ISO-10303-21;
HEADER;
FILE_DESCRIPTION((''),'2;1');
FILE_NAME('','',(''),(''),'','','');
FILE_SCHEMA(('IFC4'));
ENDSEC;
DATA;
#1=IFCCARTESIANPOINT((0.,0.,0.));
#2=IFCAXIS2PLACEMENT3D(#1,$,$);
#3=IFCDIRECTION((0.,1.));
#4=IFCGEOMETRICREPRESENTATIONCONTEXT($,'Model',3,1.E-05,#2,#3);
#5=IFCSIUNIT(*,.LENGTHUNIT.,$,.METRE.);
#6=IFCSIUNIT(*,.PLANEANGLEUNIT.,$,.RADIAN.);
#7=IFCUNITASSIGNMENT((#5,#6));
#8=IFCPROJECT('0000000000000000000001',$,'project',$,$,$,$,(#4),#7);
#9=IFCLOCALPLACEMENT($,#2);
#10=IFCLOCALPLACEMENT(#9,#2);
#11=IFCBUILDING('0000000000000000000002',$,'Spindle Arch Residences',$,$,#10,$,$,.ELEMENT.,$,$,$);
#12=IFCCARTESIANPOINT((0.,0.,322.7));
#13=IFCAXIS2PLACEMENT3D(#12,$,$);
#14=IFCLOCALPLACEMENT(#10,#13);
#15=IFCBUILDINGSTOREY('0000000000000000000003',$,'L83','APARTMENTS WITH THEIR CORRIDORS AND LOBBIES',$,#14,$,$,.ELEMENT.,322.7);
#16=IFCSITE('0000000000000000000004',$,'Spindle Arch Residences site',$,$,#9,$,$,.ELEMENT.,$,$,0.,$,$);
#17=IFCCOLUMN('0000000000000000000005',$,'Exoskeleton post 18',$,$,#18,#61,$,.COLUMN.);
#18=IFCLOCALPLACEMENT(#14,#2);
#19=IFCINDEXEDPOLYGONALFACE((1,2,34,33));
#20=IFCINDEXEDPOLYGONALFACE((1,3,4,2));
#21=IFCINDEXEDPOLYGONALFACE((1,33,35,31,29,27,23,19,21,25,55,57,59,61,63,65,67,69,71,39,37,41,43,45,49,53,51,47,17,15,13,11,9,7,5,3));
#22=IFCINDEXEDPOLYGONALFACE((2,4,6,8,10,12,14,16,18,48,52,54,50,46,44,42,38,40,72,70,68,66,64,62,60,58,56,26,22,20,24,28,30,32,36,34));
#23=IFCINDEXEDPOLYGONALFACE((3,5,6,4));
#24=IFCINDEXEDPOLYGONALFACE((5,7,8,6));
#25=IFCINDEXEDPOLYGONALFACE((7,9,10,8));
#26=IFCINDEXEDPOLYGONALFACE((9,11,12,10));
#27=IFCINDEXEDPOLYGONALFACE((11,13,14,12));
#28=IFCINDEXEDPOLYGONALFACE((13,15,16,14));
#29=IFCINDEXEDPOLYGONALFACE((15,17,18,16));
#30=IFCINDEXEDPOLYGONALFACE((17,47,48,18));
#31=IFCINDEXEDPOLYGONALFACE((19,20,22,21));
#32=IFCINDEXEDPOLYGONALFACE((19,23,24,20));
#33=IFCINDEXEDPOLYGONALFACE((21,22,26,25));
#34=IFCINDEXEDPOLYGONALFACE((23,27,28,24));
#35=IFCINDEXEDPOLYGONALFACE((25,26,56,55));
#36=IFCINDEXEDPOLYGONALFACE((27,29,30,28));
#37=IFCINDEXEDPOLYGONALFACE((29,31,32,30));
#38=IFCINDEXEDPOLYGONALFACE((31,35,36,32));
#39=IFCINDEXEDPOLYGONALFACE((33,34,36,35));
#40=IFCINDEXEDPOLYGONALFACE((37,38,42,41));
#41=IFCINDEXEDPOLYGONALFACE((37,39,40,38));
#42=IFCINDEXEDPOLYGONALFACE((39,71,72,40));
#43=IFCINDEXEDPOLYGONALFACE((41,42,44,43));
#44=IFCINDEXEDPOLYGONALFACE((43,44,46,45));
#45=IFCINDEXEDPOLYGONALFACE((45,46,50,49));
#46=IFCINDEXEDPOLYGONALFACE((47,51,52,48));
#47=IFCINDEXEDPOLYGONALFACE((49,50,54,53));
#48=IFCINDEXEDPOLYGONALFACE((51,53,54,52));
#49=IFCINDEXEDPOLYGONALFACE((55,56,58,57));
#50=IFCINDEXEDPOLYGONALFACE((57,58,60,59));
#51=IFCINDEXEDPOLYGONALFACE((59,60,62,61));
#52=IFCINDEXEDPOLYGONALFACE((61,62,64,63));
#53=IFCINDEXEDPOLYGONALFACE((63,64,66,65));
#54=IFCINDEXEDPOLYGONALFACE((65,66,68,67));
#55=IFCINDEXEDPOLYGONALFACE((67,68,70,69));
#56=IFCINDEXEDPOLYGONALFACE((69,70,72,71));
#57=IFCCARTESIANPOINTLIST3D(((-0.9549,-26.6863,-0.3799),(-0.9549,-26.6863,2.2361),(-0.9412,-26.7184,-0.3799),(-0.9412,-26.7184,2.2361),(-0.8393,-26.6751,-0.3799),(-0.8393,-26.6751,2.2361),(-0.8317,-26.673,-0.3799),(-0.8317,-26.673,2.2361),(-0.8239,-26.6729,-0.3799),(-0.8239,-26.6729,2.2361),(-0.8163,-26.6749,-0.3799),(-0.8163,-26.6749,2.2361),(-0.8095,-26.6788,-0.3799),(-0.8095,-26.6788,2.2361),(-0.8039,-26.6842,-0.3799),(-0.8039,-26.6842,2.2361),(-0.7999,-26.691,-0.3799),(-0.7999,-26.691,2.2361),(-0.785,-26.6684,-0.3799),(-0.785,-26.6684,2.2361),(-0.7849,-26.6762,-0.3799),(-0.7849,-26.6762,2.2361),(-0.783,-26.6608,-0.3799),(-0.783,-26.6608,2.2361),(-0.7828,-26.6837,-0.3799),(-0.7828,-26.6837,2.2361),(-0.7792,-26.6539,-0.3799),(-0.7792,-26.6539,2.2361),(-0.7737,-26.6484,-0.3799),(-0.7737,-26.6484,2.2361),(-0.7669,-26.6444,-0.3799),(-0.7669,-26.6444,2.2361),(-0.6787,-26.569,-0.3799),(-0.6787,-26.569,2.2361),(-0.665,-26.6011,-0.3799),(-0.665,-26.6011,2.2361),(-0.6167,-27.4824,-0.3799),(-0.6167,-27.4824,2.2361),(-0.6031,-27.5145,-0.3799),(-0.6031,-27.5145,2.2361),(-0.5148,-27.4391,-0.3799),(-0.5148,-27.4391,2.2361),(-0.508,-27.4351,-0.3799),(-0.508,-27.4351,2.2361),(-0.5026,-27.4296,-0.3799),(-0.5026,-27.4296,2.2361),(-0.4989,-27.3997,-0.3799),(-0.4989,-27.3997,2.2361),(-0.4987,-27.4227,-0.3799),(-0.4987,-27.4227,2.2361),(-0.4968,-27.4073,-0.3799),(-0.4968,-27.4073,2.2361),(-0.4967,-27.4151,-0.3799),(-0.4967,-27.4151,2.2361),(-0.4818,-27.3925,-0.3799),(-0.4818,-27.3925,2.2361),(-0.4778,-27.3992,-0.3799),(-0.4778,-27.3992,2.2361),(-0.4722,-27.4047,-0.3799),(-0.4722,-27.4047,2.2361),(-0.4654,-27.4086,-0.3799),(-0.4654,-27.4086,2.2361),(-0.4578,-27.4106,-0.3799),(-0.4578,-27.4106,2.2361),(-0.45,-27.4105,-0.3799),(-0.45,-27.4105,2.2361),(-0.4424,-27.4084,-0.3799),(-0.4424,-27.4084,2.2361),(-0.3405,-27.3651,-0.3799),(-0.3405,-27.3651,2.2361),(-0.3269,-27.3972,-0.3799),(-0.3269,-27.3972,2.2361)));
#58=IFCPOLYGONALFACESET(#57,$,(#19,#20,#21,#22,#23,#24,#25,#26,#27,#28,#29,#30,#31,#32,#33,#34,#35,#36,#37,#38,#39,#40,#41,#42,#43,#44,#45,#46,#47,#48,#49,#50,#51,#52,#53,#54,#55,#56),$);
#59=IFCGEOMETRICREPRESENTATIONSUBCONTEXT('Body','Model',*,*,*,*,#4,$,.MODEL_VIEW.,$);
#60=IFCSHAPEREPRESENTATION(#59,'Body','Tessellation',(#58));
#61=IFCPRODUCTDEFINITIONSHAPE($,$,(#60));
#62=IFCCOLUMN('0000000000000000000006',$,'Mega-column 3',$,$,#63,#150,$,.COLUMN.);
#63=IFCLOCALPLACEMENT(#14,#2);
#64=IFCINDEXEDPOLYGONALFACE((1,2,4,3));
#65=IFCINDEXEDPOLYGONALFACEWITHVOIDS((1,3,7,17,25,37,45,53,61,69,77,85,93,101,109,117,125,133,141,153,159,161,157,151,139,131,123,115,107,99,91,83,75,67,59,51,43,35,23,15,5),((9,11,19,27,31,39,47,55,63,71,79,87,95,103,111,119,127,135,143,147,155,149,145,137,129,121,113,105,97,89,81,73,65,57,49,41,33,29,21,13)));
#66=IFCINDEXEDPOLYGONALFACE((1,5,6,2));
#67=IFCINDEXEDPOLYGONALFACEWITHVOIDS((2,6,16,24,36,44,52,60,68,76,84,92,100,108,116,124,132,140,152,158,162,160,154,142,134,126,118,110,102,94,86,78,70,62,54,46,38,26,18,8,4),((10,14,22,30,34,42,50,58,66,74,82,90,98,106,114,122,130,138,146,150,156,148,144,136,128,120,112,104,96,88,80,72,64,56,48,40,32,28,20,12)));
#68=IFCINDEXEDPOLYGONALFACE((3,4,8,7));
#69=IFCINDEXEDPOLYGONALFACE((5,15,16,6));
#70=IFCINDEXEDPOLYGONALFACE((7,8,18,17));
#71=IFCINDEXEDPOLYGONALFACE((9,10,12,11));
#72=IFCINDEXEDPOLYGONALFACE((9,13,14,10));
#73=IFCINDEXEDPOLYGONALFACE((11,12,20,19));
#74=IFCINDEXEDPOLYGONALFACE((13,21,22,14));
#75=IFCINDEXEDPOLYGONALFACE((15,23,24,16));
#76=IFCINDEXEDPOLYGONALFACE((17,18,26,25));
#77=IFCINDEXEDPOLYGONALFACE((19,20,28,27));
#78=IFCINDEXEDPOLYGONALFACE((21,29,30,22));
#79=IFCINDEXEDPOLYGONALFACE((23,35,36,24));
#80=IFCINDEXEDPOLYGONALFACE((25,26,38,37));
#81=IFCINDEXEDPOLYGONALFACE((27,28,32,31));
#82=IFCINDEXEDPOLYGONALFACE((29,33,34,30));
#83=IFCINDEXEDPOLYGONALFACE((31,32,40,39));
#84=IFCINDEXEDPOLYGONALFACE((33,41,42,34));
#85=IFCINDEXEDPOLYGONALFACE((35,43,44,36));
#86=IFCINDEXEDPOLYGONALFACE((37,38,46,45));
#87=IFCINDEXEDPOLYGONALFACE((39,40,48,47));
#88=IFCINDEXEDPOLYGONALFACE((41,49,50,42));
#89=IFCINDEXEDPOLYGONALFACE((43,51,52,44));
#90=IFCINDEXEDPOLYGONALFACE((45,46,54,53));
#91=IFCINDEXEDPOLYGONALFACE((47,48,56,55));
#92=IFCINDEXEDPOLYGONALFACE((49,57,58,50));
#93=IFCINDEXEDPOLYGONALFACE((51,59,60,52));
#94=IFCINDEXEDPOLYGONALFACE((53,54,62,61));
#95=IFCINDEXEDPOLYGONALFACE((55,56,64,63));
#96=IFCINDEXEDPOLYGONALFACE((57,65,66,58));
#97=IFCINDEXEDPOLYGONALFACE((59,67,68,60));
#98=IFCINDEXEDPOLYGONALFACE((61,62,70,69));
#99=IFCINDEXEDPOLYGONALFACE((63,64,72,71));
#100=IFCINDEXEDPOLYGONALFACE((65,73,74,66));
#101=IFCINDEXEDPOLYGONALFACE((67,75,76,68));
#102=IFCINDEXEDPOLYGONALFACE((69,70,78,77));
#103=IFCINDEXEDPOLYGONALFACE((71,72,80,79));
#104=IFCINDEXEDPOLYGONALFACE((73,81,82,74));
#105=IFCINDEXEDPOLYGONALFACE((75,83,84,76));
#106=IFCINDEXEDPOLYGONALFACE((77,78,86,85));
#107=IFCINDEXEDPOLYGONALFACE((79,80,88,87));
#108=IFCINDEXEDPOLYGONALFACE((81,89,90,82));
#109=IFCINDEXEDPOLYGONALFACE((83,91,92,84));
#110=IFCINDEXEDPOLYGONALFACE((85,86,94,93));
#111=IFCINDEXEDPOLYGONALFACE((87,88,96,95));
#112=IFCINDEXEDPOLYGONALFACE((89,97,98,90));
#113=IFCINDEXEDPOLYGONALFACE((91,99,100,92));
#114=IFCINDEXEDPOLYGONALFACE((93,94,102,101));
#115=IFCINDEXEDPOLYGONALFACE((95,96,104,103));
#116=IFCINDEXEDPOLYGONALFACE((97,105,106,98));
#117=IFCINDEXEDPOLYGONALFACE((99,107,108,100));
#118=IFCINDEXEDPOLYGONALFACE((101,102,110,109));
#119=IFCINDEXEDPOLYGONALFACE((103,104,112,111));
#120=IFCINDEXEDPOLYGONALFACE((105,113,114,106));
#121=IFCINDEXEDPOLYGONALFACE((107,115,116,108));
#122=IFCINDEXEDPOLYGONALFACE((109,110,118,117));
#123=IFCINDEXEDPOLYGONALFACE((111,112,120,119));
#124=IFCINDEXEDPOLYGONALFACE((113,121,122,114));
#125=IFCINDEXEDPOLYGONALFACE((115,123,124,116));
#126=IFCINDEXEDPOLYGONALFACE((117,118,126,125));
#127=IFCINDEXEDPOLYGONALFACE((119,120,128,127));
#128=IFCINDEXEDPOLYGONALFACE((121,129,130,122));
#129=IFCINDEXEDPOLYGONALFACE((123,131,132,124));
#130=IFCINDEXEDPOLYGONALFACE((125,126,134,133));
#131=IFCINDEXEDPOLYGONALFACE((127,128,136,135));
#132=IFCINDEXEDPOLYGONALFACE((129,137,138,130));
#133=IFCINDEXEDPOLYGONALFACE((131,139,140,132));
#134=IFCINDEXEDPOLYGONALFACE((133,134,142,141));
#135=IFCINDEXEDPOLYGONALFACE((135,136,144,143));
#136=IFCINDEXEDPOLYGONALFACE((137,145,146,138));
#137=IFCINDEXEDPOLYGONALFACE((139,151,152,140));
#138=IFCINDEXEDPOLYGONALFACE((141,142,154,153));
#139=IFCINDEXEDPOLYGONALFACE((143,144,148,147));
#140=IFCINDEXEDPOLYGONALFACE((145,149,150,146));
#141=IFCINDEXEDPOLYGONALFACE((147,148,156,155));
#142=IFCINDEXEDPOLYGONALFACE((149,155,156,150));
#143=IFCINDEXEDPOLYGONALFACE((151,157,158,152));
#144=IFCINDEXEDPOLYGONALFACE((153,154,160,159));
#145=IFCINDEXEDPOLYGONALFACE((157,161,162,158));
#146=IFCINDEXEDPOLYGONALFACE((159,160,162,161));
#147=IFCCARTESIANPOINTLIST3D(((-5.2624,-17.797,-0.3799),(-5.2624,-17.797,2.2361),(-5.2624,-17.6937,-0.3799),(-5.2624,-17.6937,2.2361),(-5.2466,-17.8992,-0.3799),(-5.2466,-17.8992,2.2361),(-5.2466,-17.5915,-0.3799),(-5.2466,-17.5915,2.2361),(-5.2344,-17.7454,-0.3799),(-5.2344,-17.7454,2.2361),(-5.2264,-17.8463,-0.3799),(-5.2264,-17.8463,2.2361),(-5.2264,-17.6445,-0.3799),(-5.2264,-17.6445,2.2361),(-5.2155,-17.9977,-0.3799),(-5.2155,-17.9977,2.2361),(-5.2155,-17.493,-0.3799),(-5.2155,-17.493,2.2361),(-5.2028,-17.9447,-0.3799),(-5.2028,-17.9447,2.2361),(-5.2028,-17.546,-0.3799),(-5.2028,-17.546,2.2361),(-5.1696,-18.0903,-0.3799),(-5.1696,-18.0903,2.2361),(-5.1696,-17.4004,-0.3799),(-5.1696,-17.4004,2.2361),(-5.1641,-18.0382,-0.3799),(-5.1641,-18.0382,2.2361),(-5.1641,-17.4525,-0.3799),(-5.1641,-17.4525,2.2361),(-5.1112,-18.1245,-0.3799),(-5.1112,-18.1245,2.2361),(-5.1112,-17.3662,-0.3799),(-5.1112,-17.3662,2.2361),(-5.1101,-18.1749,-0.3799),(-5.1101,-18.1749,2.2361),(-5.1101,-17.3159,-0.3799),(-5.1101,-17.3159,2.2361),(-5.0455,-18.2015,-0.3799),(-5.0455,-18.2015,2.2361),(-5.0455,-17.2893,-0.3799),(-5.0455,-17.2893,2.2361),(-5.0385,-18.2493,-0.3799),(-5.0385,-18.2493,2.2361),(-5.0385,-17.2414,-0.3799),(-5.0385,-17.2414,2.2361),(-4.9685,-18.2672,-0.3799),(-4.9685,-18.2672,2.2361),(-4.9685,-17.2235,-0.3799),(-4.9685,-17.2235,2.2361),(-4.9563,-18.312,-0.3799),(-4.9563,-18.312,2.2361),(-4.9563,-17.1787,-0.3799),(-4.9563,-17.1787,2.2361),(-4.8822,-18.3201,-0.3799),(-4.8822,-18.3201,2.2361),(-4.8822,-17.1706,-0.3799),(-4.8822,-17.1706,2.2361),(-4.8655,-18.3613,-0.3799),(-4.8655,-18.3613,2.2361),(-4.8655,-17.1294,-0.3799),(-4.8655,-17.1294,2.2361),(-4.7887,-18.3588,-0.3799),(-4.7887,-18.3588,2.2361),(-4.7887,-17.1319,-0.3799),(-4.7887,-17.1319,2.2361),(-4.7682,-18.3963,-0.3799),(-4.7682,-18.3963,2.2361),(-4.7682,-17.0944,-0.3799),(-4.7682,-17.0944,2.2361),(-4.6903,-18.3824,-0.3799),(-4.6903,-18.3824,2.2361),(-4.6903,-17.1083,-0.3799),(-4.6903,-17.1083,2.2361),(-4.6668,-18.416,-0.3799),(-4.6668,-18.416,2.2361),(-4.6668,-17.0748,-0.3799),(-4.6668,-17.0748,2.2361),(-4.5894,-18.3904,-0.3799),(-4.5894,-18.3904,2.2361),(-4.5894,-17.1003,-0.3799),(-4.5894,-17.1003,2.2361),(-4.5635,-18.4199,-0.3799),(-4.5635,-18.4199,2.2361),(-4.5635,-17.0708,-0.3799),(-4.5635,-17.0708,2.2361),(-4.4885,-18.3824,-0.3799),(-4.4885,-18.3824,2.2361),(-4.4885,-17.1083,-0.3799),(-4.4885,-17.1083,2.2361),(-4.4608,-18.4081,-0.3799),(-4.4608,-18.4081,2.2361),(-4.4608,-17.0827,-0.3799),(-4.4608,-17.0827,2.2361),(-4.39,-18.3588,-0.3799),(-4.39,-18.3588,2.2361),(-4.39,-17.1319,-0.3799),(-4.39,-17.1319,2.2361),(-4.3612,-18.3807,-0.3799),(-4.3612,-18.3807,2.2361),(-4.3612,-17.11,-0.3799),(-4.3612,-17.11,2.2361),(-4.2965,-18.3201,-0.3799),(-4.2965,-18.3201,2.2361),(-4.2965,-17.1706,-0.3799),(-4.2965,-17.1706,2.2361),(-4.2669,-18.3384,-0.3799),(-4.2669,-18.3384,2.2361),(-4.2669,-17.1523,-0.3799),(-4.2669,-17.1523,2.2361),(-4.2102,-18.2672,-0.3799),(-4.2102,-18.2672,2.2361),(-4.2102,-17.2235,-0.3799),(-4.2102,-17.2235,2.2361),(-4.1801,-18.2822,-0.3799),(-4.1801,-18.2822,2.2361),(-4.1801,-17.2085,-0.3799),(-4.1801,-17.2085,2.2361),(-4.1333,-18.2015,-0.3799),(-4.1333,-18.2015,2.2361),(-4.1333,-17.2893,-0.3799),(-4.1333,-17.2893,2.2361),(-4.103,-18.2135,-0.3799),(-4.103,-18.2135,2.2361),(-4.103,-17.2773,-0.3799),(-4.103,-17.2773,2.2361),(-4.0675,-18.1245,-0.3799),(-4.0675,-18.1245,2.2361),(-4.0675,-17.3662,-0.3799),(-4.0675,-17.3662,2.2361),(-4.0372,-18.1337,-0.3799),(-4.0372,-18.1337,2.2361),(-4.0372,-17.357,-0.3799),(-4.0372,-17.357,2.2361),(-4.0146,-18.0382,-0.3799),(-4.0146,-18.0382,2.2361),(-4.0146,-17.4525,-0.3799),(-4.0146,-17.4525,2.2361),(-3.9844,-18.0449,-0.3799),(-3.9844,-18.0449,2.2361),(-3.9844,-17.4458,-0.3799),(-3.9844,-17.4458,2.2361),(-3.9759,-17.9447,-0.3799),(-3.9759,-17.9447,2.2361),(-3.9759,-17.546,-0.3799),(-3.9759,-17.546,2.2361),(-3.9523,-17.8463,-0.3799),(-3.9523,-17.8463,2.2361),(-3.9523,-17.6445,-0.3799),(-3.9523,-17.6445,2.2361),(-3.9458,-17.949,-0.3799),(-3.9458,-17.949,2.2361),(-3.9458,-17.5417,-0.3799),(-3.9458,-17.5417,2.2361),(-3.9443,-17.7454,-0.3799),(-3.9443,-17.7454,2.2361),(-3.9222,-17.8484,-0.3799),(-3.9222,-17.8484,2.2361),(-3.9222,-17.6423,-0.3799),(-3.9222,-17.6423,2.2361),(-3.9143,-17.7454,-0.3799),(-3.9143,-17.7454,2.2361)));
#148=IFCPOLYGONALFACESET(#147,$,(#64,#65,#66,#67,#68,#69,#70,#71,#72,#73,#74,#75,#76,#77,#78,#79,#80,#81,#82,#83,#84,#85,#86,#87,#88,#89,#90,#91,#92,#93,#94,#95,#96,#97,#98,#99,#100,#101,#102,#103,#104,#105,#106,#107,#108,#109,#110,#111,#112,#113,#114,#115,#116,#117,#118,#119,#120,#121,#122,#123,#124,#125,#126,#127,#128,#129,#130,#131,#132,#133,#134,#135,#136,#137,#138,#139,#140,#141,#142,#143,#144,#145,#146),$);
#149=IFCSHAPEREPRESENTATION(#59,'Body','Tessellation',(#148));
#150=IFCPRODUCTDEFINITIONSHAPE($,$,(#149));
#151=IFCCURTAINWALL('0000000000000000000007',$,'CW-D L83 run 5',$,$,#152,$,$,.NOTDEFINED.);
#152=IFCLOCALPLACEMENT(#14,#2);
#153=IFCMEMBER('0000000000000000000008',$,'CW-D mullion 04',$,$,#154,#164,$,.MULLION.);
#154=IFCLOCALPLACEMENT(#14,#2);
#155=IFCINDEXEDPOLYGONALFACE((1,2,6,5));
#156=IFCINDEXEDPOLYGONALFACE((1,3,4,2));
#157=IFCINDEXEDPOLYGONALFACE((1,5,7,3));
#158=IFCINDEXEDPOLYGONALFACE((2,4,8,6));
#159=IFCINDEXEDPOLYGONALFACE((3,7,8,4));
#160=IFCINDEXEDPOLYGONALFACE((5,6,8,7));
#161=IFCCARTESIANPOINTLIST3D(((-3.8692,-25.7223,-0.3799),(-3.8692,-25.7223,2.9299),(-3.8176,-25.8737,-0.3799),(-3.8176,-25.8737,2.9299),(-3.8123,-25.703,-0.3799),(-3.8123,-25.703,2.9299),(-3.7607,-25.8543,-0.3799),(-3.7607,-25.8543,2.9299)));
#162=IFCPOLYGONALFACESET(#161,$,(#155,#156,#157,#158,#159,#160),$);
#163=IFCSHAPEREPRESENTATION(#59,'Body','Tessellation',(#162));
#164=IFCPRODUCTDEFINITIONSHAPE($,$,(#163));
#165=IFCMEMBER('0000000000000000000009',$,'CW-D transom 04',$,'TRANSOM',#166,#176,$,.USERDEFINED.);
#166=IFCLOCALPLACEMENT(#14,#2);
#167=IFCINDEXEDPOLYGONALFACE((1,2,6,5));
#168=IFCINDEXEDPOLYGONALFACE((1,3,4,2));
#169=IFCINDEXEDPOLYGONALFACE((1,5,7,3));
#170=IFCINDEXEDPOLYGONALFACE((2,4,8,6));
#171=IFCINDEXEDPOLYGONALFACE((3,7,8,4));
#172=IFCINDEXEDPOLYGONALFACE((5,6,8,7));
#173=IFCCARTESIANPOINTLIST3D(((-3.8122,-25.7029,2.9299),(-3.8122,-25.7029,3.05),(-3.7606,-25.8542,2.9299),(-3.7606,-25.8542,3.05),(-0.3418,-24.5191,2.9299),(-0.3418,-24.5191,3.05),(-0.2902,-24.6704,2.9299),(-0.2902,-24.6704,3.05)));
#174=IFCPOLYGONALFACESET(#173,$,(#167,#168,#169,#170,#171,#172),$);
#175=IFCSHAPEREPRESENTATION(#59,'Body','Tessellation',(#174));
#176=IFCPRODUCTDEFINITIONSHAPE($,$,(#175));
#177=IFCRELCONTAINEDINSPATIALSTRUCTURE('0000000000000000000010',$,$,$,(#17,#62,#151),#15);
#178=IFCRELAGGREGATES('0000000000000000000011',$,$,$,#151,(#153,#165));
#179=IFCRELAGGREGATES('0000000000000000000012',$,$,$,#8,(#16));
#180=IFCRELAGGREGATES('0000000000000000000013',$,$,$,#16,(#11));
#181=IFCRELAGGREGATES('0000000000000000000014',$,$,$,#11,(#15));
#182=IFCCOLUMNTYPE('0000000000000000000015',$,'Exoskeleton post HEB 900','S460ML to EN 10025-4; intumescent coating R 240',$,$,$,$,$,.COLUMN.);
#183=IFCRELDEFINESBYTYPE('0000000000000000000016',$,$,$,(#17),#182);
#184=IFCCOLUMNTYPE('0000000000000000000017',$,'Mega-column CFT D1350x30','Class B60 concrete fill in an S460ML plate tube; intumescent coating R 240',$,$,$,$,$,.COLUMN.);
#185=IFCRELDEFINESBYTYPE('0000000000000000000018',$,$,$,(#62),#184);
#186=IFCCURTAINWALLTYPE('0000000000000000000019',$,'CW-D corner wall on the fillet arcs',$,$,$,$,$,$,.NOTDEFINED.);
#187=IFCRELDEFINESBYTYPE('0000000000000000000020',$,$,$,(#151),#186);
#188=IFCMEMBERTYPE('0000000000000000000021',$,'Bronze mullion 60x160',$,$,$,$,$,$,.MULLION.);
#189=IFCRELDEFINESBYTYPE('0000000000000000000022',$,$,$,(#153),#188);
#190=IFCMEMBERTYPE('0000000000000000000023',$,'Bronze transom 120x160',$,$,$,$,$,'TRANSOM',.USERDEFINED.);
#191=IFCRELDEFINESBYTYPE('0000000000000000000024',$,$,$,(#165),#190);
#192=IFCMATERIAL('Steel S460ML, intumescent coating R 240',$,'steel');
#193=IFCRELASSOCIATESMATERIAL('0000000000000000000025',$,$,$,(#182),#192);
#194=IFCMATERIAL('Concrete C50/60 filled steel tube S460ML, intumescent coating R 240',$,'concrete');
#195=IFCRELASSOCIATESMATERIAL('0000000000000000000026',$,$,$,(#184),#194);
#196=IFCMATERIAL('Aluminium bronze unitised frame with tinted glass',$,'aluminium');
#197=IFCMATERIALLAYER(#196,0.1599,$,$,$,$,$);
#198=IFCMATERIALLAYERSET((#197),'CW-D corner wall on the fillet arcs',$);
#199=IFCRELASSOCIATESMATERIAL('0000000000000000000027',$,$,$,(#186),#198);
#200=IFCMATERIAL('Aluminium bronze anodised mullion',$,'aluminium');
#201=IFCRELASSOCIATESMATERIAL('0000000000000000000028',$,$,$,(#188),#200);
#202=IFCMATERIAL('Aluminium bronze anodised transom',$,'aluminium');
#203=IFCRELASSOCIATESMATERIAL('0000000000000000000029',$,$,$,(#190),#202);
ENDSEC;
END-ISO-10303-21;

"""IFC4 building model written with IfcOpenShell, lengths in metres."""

from ifc_helpers import new_model, si_unit, direction, frame, origin, origin_2d, place, context, subcontext, project, spatial, rectangle, hollow_circle, i_section, extrude, material, layer, layer_set, material_profile, profile_set, type_object, element, aggregate, save


model = new_model("IFC4")

# Units and contexts
model_context = context("Model", 3, precision=1e-05, world=origin(), true_north=direction((0.0, 1.0)))
body_context = subcontext(model_context, "Body", "Model", "MODEL_VIEW")
ifc_project = project(units=[si_unit("LENGTHUNIT", "METRE"), si_unit("PLANEANGLEUNIT", "RADIAN")], contexts=[model_context])

# Site, building, storey
site_placement = place(None, origin())
site = spatial("IfcSite", under=ifc_project, at=site_placement, Name="Spindle Arch Residences site", CompositionType="ELEMENT", RefElevation=0.0)
building_placement = place(site_placement, origin())
building = spatial("IfcBuilding", under=site, at=building_placement, Name="Spindle Arch Residences", CompositionType="ELEMENT")
storey_placement = place(building_placement, frame((0.0, 0.0, 322.7)))
storey = spatial("IfcBuildingStorey", under=building, at=storey_placement, Name="L83", Description="APARTMENTS WITH THEIR CORRIDORS AND LOBBIES", CompositionType="ELEMENT", Elevation=322.7)

# Columns
ifc_material_1 = material(Name="Steel S460ML, intumescent coating R 240", Category="steel")
ifc_material_profile_1 = material_profile(ifc_material_1, i_section(OverallWidth=0.3, OverallDepth=0.8999, WebThickness=0.0186, FlangeThickness=0.0349, FilletRadius=0.03, at=origin_2d()), Name="HEB 900")
ifc_profile_set_1 = profile_set([ifc_material_profile_1], Name="Steel S460ML, intumescent coating R 240")
column_type_1 = type_object("IfcColumnType", Name="Exoskeleton post HEB 900", Description="S460ML to EN 10025-4; intumescent coating R 240", PredefinedType="COLUMN", material=ifc_profile_set_1)
column_1_placement = place(storey_placement, frame((-0.6409, -27.0417, -0.3799), z_axis=(0.0, 0.0, 1.0), x_axis=(-0.920422, -0.390926, 0.0)))
element("IfcColumn", 1, at=column_1_placement, inside=storey, type_object=column_type_1, Name="Exoskeleton post 18", PredefinedType="COLUMN", context=body_context, shape_type="SweptSolid", body=[
    extrude(i_section(OverallWidth=0.3, OverallDepth=0.8999, WebThickness=0.0186, FlangeThickness=0.0349, FilletRadius=0.03, at=origin_2d()), origin(), (0.0, 0.0, 1.0), 2.616),
])
ifc_material_2 = material(Name="Concrete C50/60 filled steel tube S460ML, intumescent coating R 240", Category="concrete")
ifc_material_profile_2 = material_profile(ifc_material_2, hollow_circle(Radius=0.675, WallThickness=0.03, at=origin_2d()), Name="CFT D1350x30")
ifc_profile_set_2 = profile_set([ifc_material_profile_2], Name="Concrete C50/60 filled steel tube S460ML, intumescent coating R 240")
column_type_2 = type_object("IfcColumnType", Name="Mega-column CFT D1350x30", Description="Class B60 concrete fill in an S460ML plate tube; intumescent coating R 240", PredefinedType="COLUMN", material=ifc_profile_set_2)
column_2_placement = place(storey_placement, frame((-4.5894, -17.7454, -0.3799), z_axis=(0.0, 0.0, 1.0), x_axis=(1.0, 0.0, 0.0)))
element("IfcColumn", 2, at=column_2_placement, inside=storey, type_object=column_type_2, Name="Mega-column 3", PredefinedType="COLUMN", context=body_context, shape_type="SweptSolid", body=[
    extrude(hollow_circle(Radius=0.675, WallThickness=0.03, at=origin_2d()), origin(), (0.0, 0.0, 1.0), 2.616),
])

# Curtain wall, members
ifc_material_3 = material(Name="Aluminium bronze unitised frame with tinted glass", Category="aluminium")
ifc_layer_1 = layer(ifc_material_3, 0.1599)
ifc_layer_set_1 = layer_set([ifc_layer_1], Name="CW-D corner wall on the fillet arcs")
curtain_wall_type = type_object("IfcCurtainWallType", Name="CW-D corner wall on the fillet arcs", PredefinedType="NOTDEFINED", material=ifc_layer_set_1)
curtain_wall_placement = place(storey_placement, origin())
curtain_wall = element("IfcCurtainWall", 3, at=curtain_wall_placement, inside=storey, type_object=curtain_wall_type, Name="CW-D L83 run 5", PredefinedType="NOTDEFINED")
ifc_material_4 = material(Name="Aluminium bronze anodised mullion", Category="aluminium")
ifc_material_profile_3 = material_profile(ifc_material_4, rectangle(XDim=0.1599, YDim=0.0601, at=origin_2d()), Name="MU 60x160")
ifc_profile_set_3 = profile_set([ifc_material_profile_3], Name="Aluminium bronze anodised mullion")
member_type_1 = type_object("IfcMemberType", Name="Bronze mullion 60x160", PredefinedType="MULLION", material=ifc_profile_set_3)
member_1_placement = place(storey_placement, frame((-3.8149, -25.7883, -0.3799), z_axis=(0.0, 0.0, 1.0), x_axis=(-0.322816, 0.946462, 0.0)))
member_1 = element("IfcMember", 4, at=member_1_placement, type_object=member_type_1, Name="CW-D mullion 04", PredefinedType="MULLION", context=body_context, shape_type="SweptSolid", body=[
    extrude(rectangle(XDim=0.1599, YDim=0.0601, at=origin_2d()), origin(), (0.0, 0.0, 1.0), 3.3098),
])
ifc_material_5 = material(Name="Aluminium bronze anodised transom", Category="aluminium")
ifc_material_profile_4 = material_profile(ifc_material_5, rectangle(XDim=0.1599, YDim=0.1201, at=origin_2d()), Name="TR 120x160")
ifc_profile_set_4 = profile_set([ifc_material_profile_4], Name="Aluminium bronze anodised transom")
member_type_2 = type_object("IfcMemberType", Name="Bronze transom 120x160", ElementType="TRANSOM", PredefinedType="USERDEFINED", material=ifc_profile_set_4)
member_2_placement = place(storey_placement, frame((-3.7864, -25.7786, 2.99), z_axis=(0.94645, 0.322852, 0.0), x_axis=(-0.322852, 0.94645, 0.0)))
member_2 = element("IfcMember", 5, at=member_2_placement, type_object=member_type_2, Name="CW-D transom 04", ObjectType="TRANSOM", PredefinedType="USERDEFINED", context=body_context, shape_type="SweptSolid", body=[
    extrude(rectangle(XDim=0.1599, YDim=0.1201, at=origin_2d()), origin(), (0.0, 0.0, 1.0), 3.6667),
])

aggregate(curtain_wall, [member_1, member_2])

save(model, "model.ifc")
